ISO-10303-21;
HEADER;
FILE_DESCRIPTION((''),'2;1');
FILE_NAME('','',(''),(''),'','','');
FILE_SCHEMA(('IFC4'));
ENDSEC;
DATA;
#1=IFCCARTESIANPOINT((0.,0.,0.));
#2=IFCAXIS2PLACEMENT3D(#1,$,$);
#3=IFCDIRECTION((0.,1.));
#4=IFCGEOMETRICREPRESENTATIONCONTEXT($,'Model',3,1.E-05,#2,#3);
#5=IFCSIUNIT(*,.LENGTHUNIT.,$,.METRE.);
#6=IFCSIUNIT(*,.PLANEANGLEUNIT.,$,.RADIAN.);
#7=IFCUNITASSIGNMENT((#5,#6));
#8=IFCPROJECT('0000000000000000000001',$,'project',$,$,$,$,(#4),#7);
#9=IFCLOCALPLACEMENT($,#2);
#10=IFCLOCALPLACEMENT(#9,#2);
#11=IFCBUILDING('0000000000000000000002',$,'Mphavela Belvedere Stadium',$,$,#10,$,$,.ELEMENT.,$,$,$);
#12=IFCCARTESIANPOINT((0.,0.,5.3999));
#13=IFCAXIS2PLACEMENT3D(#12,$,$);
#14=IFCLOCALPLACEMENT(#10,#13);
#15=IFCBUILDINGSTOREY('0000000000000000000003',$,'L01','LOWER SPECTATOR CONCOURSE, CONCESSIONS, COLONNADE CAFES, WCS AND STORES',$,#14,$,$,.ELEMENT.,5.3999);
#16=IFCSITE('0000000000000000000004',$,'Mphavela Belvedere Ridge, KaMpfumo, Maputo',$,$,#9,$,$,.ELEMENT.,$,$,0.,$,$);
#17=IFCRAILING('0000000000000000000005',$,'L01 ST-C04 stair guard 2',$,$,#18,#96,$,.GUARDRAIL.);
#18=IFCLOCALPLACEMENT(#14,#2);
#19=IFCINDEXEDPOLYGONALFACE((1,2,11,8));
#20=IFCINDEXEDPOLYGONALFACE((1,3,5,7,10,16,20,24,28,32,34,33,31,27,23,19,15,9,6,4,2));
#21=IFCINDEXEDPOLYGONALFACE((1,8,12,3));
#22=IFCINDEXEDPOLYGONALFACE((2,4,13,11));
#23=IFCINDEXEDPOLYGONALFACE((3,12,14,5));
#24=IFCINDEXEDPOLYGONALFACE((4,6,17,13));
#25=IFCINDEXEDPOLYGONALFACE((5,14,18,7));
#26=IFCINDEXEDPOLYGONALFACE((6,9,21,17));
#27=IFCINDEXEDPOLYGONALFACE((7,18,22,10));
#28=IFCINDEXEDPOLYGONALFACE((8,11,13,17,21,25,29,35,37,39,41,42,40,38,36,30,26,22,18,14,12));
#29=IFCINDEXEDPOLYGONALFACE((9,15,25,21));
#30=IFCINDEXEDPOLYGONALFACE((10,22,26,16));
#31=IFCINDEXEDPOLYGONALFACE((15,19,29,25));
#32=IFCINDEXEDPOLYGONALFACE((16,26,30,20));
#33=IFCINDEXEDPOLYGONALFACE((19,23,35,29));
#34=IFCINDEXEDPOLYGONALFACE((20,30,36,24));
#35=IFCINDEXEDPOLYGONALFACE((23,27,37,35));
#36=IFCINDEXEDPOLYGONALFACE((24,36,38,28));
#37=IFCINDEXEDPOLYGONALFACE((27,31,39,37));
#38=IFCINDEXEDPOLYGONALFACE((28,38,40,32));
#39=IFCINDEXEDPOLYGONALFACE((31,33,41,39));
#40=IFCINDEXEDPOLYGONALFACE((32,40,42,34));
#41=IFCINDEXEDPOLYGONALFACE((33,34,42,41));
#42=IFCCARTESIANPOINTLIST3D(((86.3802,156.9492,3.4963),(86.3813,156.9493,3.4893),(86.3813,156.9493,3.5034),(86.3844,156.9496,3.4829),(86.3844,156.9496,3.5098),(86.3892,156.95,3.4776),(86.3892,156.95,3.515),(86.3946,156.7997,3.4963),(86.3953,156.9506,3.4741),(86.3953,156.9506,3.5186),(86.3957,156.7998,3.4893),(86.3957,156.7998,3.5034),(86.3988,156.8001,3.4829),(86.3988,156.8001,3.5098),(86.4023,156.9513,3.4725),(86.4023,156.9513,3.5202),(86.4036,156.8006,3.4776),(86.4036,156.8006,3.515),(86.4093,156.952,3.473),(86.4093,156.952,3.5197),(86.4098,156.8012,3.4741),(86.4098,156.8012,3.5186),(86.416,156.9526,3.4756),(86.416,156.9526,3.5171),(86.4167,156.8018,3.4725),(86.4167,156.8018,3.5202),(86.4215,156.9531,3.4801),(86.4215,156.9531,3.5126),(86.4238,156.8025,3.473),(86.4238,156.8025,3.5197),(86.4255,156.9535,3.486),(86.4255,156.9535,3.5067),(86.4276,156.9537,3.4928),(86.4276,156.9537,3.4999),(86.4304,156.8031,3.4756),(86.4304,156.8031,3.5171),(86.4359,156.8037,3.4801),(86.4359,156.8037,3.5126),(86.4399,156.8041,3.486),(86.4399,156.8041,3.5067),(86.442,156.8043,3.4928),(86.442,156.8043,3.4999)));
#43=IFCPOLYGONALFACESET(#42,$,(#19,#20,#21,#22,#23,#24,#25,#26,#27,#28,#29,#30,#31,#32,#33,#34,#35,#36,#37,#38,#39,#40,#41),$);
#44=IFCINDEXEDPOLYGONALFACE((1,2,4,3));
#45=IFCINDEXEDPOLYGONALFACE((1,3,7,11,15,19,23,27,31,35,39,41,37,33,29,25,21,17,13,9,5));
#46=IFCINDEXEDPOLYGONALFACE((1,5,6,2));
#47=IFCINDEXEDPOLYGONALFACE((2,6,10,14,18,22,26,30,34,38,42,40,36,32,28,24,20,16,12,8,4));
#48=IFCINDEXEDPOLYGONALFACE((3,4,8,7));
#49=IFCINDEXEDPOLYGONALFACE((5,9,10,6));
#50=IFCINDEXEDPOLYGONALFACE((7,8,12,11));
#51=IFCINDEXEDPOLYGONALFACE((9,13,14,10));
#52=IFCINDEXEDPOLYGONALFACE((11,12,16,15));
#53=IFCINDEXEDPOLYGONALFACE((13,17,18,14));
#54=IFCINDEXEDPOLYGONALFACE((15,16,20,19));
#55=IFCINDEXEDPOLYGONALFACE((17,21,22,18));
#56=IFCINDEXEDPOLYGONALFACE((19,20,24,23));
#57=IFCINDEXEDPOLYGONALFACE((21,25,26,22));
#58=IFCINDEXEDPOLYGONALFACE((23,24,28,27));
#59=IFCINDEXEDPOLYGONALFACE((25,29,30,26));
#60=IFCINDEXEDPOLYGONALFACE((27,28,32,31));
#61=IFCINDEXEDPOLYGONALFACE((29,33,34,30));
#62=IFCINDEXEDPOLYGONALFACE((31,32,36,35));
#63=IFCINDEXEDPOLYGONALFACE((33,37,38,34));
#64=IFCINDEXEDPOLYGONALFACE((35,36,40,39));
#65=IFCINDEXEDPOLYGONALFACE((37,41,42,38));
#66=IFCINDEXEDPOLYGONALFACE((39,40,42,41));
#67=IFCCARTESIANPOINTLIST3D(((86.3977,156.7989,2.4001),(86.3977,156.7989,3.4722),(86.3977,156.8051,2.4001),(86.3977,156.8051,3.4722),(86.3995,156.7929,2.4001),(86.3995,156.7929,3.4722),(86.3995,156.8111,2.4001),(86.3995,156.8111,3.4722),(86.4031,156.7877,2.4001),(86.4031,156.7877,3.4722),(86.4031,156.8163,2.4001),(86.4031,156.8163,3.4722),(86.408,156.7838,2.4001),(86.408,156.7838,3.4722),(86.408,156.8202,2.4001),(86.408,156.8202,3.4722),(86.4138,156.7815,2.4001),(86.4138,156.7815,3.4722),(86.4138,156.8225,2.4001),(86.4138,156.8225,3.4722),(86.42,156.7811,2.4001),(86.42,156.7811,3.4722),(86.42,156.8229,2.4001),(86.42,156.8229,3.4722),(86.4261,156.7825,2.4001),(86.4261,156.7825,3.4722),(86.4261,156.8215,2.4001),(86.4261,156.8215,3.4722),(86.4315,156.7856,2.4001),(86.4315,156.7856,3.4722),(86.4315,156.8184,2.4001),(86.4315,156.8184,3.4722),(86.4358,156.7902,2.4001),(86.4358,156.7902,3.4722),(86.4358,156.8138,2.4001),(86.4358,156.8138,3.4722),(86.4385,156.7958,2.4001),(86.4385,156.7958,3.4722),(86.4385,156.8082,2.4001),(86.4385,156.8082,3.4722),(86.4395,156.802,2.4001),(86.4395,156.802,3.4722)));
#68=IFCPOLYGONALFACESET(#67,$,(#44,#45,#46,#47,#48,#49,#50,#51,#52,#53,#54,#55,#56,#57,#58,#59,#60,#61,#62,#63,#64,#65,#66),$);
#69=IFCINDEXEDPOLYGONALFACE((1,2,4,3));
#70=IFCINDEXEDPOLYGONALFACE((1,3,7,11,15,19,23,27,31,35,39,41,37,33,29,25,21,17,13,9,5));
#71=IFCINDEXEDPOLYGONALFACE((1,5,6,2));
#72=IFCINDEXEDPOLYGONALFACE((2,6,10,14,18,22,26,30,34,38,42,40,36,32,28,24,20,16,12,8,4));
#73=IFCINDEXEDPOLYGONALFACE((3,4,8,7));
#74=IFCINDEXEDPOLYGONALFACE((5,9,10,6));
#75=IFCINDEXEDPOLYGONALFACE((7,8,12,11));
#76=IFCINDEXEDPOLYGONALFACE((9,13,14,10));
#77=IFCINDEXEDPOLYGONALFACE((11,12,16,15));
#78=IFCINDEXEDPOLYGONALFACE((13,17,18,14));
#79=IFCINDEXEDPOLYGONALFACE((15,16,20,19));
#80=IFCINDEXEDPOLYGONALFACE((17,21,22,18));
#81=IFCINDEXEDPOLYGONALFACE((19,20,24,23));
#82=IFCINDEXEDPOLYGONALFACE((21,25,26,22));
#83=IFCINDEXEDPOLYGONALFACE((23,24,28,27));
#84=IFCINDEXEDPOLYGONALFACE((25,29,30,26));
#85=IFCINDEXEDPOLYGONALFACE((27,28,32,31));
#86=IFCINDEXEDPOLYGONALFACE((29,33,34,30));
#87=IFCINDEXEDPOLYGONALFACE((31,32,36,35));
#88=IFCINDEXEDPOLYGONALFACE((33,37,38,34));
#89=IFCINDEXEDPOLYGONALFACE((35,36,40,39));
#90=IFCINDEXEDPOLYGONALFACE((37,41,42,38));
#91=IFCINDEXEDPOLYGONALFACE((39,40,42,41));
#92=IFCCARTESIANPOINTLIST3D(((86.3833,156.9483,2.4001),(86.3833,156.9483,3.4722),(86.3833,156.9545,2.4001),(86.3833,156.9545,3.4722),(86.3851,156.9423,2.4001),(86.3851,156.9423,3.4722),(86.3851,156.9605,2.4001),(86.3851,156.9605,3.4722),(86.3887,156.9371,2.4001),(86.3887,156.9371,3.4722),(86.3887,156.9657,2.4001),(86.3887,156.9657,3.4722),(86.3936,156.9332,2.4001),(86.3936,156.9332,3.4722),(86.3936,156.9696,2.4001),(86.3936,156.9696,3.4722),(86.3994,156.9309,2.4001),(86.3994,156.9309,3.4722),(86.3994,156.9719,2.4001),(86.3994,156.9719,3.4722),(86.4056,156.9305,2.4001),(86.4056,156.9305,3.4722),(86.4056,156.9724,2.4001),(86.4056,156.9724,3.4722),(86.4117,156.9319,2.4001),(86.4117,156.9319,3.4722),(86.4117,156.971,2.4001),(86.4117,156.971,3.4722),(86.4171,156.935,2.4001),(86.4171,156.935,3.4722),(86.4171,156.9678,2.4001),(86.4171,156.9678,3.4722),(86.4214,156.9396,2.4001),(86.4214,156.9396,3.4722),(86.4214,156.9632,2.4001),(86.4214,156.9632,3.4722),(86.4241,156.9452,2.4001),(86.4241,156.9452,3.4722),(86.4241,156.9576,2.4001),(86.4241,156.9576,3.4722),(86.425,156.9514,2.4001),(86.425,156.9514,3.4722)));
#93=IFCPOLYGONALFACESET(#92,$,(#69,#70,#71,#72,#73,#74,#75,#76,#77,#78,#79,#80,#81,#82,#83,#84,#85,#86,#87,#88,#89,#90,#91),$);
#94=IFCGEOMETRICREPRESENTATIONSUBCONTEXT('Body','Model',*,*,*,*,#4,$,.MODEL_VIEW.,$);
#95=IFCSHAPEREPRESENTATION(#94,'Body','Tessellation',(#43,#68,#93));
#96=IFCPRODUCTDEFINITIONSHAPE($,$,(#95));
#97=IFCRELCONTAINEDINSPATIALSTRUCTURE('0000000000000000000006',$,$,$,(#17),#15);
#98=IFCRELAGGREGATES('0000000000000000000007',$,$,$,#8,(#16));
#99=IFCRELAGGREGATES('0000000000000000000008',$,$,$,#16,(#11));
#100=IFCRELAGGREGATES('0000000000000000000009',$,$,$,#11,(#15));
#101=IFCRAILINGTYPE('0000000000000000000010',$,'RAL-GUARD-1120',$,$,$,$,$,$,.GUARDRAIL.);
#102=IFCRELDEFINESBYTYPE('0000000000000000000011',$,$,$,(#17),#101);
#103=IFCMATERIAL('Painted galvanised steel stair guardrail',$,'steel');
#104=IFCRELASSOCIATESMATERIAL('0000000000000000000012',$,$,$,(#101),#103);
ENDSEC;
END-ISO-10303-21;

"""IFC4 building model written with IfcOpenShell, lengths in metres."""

from ifc_helpers import new_model, si_unit, direction, frame, origin, origin_2d, place, context, subcontext, project, spatial, circle, extrude, material, type_object, element, save


model = new_model("IFC4")

# Units and contexts
model_context = context("Model", 3, precision=1e-05, world=origin(), true_north=direction((0.0, 1.0)))
body_context = subcontext(model_context, "Body", "Model", "MODEL_VIEW")
ifc_project = project(units=[si_unit("LENGTHUNIT", "METRE"), si_unit("PLANEANGLEUNIT", "RADIAN")], contexts=[model_context])

# Site, building, storey
site_placement = place(None, origin())
site = spatial("IfcSite", under=ifc_project, at=site_placement, Name="Mphavela Belvedere Ridge, KaMpfumo, Maputo", CompositionType="ELEMENT", RefElevation=0.0)
building_placement = place(site_placement, origin())
building = spatial("IfcBuilding", under=site, at=building_placement, Name="Mphavela Belvedere Stadium", CompositionType="ELEMENT")
storey_placement = place(building_placement, frame((0.0, 0.0, 5.3999)))
storey = spatial("IfcBuildingStorey", under=building, at=storey_placement, Name="L01", Description="LOWER SPECTATOR CONCOURSE, CONCESSIONS, COLONNADE CAFES, WCS AND STORES", CompositionType="ELEMENT", Elevation=5.3999)

# Railing
ifc_material_1 = material(Name="Painted galvanised steel stair guardrail", Category="steel")
railing_type_1 = type_object("IfcRailingType", Name="RAL-GUARD-1120", PredefinedType="GUARDRAIL", material=ifc_material_1)
railing_1_placement = place(storey_placement, frame((86.4185, 156.802, 2.4001)))
element("IfcRailing", 1, at=railing_1_placement, inside=storey, type_object=railing_type_1, Name="L01 ST-C04 stair guard 2", PredefinedType="GUARDRAIL", context=body_context, shape_type="SweptSolid", body=[
    extrude(circle(Radius=0.0239, at=origin_2d()), frame((0.0, 0.0, 1.0962), z_axis=(-0.09596, 0.995385, 0.0), x_axis=(-0.995385, -0.09596, 0.0)), (0.0, 0.0, 1.0), 0.1501),
    extrude(circle(Radius=0.021, at=origin_2d()), origin(), (0.0, 0.0, 1.0), 1.072),
    extrude(circle(Radius=0.021, at=origin_2d()), frame((-0.0144, 0.1494, 0.0)), (0.0, 0.0, 1.0), 1.072),
])

save(model, "model.ifc")
